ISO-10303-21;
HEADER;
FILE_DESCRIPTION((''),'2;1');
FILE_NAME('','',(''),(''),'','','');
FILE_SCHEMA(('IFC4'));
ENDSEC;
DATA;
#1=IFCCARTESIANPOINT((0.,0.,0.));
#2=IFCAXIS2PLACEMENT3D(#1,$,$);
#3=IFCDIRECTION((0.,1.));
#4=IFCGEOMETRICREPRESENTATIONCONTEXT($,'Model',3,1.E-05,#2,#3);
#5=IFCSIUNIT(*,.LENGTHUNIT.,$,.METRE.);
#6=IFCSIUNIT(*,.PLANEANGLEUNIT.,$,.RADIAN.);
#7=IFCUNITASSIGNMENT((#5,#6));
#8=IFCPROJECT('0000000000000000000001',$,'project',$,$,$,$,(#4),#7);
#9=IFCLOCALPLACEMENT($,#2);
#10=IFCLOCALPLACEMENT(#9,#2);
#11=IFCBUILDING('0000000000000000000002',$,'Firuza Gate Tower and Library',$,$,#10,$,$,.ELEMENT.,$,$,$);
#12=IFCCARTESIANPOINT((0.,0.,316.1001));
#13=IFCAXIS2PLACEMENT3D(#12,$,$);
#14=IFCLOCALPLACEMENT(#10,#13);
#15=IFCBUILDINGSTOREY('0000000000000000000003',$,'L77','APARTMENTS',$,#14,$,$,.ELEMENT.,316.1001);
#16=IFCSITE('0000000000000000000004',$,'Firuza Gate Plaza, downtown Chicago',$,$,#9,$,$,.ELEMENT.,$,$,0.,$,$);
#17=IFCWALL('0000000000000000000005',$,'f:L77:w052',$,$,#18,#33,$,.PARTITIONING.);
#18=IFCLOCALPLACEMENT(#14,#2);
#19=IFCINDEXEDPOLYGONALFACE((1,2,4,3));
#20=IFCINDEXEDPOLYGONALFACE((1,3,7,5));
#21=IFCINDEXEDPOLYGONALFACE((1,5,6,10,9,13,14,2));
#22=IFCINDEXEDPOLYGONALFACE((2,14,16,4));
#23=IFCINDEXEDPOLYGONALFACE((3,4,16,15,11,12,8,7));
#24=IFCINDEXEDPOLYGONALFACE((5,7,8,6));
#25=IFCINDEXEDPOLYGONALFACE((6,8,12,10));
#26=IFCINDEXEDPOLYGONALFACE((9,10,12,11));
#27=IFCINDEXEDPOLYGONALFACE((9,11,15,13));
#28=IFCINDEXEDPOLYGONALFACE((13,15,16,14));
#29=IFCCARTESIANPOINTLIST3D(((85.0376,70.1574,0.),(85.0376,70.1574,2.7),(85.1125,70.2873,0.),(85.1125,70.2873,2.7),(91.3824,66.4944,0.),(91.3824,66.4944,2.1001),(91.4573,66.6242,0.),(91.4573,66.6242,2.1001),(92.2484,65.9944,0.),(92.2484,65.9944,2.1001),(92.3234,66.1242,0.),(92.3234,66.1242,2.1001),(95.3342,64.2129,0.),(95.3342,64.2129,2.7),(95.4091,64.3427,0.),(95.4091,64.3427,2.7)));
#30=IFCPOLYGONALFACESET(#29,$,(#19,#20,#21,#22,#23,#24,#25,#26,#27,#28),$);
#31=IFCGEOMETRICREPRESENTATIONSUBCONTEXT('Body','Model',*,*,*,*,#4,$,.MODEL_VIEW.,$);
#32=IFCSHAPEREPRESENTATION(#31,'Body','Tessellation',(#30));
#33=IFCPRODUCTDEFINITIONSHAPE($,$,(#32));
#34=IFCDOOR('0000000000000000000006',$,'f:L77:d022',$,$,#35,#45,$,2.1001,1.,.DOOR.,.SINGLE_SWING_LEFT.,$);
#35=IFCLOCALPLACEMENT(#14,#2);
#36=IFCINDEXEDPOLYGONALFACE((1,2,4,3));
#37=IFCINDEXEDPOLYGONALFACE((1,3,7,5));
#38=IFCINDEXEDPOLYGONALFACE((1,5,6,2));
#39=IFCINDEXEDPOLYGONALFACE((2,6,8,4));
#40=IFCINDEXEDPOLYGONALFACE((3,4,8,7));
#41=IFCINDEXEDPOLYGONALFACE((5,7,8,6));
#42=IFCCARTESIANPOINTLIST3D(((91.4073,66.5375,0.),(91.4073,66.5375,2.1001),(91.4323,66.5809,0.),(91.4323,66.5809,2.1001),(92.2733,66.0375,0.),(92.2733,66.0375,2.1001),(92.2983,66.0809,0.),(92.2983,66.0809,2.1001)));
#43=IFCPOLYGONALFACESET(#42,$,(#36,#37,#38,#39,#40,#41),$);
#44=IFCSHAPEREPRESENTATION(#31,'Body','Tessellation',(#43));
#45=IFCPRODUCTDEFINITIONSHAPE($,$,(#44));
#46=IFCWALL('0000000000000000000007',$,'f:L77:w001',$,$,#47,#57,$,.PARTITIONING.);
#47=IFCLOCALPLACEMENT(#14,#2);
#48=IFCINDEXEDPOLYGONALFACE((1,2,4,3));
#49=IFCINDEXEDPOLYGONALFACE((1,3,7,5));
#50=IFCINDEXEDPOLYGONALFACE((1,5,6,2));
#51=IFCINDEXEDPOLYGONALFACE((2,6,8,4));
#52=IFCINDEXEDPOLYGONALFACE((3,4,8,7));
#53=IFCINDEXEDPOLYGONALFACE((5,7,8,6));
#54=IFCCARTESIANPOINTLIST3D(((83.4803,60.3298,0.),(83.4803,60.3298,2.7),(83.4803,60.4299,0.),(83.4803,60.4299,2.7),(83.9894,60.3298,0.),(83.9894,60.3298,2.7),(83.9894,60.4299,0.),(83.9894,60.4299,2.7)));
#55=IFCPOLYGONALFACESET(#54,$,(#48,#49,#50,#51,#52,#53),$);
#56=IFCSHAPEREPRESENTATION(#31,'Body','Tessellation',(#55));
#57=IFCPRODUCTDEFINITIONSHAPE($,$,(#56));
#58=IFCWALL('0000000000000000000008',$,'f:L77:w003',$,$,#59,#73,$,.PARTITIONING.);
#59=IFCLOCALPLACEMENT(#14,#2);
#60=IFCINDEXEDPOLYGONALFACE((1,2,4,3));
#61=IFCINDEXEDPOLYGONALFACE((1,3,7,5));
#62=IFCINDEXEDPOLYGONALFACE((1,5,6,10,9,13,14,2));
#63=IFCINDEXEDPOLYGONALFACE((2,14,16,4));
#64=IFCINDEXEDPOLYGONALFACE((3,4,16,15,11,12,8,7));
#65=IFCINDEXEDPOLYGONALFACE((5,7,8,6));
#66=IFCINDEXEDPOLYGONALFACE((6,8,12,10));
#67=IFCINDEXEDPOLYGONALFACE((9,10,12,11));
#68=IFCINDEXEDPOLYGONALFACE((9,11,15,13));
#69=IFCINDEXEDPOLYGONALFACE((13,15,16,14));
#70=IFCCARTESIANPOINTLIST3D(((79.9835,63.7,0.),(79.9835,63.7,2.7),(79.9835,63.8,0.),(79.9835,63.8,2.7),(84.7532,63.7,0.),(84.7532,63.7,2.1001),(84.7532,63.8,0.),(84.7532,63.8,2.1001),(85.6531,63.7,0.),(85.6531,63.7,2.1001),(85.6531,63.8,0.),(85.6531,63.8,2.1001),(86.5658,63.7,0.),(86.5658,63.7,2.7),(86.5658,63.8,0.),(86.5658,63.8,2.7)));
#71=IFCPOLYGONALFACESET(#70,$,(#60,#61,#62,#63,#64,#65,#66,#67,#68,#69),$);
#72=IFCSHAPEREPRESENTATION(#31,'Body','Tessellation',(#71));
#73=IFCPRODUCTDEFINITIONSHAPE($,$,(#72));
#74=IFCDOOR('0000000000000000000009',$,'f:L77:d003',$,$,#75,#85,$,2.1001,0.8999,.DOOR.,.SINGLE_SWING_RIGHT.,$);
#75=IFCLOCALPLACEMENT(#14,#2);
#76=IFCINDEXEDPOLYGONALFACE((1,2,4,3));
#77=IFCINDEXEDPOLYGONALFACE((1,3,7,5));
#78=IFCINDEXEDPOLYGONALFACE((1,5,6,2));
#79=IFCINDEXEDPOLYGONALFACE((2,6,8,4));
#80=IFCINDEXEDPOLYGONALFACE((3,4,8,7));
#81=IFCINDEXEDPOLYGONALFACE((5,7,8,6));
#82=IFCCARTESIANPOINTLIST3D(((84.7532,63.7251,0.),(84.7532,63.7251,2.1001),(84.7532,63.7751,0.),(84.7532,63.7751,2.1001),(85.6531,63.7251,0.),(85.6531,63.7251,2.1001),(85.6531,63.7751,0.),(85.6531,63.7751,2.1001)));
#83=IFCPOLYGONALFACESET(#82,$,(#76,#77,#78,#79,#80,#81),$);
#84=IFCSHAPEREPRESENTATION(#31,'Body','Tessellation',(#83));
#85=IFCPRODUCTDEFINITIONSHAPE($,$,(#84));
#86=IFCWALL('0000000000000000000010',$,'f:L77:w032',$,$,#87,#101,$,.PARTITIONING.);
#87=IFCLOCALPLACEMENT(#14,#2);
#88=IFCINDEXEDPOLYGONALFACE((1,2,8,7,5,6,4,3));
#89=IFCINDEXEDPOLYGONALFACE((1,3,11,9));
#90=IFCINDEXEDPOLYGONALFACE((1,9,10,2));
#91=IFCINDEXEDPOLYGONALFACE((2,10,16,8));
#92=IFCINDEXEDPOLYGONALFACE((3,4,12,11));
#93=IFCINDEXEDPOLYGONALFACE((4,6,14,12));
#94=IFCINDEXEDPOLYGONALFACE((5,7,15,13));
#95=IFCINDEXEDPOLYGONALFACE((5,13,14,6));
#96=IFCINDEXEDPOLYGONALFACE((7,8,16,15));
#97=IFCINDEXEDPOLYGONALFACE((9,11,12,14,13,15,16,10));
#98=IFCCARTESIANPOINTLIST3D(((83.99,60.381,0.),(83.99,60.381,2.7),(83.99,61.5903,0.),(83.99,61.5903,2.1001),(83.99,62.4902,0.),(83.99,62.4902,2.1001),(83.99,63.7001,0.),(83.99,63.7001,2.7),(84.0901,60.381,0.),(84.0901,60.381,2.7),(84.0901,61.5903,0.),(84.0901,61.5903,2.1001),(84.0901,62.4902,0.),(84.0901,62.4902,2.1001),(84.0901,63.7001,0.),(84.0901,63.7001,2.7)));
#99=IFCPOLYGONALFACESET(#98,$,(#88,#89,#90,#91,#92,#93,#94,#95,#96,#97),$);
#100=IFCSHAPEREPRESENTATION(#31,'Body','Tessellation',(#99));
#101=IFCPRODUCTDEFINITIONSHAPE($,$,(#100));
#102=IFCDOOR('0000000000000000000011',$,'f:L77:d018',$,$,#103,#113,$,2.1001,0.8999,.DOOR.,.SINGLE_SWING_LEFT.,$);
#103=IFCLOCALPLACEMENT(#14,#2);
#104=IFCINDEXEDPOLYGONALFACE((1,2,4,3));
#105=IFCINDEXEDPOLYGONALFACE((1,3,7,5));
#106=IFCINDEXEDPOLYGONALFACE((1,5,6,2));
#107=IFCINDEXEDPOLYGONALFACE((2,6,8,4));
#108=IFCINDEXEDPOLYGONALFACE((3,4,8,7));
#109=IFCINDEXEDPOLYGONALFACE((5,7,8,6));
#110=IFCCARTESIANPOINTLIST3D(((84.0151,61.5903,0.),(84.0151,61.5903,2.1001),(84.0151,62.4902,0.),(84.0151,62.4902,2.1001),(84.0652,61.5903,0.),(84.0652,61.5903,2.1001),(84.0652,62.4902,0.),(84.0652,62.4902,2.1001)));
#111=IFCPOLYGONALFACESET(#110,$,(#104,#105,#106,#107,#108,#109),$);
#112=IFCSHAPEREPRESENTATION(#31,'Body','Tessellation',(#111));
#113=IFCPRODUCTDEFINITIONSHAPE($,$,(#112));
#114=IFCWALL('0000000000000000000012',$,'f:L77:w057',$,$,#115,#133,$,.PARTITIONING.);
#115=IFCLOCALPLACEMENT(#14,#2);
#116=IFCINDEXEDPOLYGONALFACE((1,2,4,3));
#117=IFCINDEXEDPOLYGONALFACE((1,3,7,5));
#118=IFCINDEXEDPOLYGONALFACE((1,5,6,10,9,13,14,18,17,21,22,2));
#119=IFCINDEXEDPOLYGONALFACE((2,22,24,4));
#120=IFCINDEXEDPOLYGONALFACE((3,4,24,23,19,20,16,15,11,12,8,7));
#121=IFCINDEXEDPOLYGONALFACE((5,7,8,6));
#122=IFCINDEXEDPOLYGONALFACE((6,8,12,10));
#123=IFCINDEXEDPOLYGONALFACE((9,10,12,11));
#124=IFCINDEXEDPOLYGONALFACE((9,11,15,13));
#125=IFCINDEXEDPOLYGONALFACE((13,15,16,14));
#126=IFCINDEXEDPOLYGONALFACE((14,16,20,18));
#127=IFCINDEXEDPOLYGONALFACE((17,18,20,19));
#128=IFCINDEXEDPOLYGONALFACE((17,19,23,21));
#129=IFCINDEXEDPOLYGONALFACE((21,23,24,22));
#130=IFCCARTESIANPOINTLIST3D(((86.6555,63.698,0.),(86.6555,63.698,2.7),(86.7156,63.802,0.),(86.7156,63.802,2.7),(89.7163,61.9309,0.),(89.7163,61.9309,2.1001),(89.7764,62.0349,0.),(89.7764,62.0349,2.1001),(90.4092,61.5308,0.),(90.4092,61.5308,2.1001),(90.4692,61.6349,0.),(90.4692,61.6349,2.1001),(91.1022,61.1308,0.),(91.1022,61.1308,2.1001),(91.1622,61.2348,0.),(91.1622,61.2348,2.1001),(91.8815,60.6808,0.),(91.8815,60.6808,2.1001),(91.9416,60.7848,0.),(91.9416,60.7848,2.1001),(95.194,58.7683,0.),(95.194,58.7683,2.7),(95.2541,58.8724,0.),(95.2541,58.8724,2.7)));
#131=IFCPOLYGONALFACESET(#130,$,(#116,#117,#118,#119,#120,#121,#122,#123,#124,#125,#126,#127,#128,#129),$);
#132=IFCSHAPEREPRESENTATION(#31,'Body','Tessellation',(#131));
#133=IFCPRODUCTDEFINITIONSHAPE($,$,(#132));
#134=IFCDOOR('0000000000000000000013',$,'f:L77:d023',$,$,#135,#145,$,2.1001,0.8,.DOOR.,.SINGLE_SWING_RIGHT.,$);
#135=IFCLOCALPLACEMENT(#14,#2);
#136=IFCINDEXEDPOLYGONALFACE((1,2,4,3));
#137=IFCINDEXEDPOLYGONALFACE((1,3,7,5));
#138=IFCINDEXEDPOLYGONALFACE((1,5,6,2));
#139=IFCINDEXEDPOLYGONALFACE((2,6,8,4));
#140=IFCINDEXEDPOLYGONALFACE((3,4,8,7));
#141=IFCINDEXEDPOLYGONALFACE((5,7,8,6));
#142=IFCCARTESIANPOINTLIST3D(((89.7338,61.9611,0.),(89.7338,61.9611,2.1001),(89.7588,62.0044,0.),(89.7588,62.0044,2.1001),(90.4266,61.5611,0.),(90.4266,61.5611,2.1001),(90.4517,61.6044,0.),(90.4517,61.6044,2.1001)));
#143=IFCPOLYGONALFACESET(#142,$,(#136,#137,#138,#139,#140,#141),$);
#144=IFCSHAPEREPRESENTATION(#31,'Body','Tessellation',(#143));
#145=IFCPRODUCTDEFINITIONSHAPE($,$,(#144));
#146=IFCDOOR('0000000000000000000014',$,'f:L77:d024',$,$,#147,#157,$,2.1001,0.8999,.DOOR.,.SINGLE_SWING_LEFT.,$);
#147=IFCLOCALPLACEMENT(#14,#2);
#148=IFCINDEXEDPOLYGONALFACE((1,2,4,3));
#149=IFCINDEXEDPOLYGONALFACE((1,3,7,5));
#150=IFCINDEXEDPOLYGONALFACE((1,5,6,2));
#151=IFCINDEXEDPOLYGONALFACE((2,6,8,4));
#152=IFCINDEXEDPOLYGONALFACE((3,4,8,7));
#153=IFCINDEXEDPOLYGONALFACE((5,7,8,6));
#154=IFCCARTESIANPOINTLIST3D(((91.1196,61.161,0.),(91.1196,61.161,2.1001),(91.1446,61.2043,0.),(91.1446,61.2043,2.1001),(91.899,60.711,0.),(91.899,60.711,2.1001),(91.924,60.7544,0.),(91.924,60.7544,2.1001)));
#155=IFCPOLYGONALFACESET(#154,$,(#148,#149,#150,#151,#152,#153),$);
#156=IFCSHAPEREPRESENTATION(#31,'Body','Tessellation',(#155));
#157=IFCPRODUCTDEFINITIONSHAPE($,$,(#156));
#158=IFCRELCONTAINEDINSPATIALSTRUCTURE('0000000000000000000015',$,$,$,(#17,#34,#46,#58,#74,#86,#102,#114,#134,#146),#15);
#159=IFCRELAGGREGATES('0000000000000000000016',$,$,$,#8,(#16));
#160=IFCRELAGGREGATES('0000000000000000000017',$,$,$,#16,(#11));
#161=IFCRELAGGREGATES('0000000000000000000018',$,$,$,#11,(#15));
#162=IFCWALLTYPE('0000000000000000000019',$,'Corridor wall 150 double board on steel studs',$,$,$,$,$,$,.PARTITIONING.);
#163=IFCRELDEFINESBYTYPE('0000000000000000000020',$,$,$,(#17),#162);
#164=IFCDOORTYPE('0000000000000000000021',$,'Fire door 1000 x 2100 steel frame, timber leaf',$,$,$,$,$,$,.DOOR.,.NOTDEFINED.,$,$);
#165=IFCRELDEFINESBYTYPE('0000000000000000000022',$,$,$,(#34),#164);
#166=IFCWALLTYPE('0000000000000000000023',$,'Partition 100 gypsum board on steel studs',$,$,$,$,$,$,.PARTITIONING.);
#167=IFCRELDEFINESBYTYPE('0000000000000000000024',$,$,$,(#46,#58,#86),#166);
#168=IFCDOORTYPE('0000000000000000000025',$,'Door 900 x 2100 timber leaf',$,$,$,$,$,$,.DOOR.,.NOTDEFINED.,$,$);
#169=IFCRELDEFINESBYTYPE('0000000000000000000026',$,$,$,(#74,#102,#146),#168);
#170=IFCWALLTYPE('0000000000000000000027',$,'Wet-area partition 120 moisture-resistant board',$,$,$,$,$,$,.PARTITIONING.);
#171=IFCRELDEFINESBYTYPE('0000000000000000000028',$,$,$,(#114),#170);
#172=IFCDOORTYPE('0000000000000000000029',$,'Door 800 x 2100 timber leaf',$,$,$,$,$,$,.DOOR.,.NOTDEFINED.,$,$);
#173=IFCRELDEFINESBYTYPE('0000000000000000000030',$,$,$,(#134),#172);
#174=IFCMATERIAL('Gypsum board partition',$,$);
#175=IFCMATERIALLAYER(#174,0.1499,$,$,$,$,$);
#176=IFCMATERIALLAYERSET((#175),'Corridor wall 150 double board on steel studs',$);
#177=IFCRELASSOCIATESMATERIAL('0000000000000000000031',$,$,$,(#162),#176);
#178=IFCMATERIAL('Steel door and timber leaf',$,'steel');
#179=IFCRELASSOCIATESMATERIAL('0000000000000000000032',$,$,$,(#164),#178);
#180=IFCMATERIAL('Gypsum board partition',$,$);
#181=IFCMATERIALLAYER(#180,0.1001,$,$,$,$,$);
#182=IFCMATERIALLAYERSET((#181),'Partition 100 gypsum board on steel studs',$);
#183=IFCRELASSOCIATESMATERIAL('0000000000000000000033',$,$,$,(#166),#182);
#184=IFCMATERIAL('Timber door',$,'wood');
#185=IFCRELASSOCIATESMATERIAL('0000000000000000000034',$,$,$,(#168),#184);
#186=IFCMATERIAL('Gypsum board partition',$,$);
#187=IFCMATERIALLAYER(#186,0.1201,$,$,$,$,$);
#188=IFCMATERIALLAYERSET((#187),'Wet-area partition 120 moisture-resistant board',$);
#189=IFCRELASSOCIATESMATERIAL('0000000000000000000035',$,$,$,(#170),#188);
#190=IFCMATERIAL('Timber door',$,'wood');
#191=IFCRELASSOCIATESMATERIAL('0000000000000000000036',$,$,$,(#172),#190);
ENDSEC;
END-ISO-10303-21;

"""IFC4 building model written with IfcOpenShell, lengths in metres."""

from ifc_helpers import new_model, si_unit, direction, frame, frame_2d, origin, place, context, subcontext, project, spatial, rectangle, extrude, material, layer, layer_set, type_object, element, fill, save


model = new_model("IFC4")

# Units and contexts
model_context = context("Model", 3, precision=1e-05, world=origin(), true_north=direction((0.0, 1.0)))
body_context = subcontext(model_context, "Body", "Model", "MODEL_VIEW")
ifc_project = project(units=[si_unit("LENGTHUNIT", "METRE"), si_unit("PLANEANGLEUNIT", "RADIAN")], contexts=[model_context])

# Site, building, storey
site_placement = place(None, origin())
site = spatial("IfcSite", under=ifc_project, at=site_placement, Name="Firuza Gate Plaza, downtown Chicago", CompositionType="ELEMENT", RefElevation=0.0)
building_placement = place(site_placement, origin())
building = spatial("IfcBuilding", under=site, at=building_placement, Name="Firuza Gate Tower and Library", CompositionType="ELEMENT")
storey_placement = place(building_placement, frame((0.0, 0.0, 316.1001)))
storey = spatial("IfcBuildingStorey", under=building, at=storey_placement, Name="L77", Description="APARTMENTS", CompositionType="ELEMENT", Elevation=316.1001)

# Shared definitions
ifc_material_1 = material(Name="Gypsum board partition")
ifc_layer_1 = layer(ifc_material_1, 0.1499)
ifc_layer_set_1 = layer_set([ifc_layer_1], Name="Corridor wall 150 double board on steel studs")
wall_type_1 = type_object("IfcWallType", Name="Corridor wall 150 double board on steel studs", PredefinedType="PARTITIONING", material=ifc_layer_set_1)
ifc_material_2 = material(Name="Steel door and timber leaf", Category="steel")
door_type_1 = type_object("IfcDoorType", Name="Fire door 1000 x 2100 steel frame, timber leaf", OperationType="NOTDEFINED", PredefinedType="DOOR", material=ifc_material_2)

# Wall, opening, door
wall_1_placement = place(storey_placement, frame((85.075, 70.2224, 0.0), z_axis=(0.0, 0.0, 1.0), x_axis=(0.866032, -0.499988, 0.0)))
wall_1 = element("IfcWall", 1, at=wall_1_placement, inside=storey, type_object=wall_type_1, Name="f:L77:w052", PredefinedType="PARTITIONING", context=body_context, shape_type="SweptSolid", body=[
    extrude(rectangle(XDim=11.8894, YDim=0.1499, at=frame_2d((5.9448, 0.0))), origin(), (0.0, 0.0, 1.0), 2.7),
])
opening_1_placement = place(wall_1_placement, frame((7.3264, 0.0, 0.0)))
opening_1 = element("IfcOpeningElement", 2, at=opening_1_placement, cuts=wall_1, PredefinedType="OPENING", context=body_context, shape_type="SweptSolid", body=[
    extrude(rectangle(XDim=1.0, YDim=2.1001, at=frame_2d((0.5, 1.05))), frame((0.0, 0.085, 0.0), z_axis=(0.0, -1.0, 0.0), x_axis=(1.0, 0.0, 0.0)), (0.0, 0.0, 1.0), 0.1699),
])
door_1_placement = place(opening_1_placement, origin())
door_1 = element("IfcDoor", 3, at=door_1_placement, inside=storey, type_object=door_type_1, Name="f:L77:d022", OperationType="SINGLE_SWING_LEFT", OverallHeight=2.1001, OverallWidth=1.0, PredefinedType="DOOR", context=body_context, shape_type="SweptSolid", body=[
    extrude(rectangle(XDim=1.0, YDim=2.1001, at=frame_2d((0.5, 1.05))), frame((0.0, 0.0249, 0.0), z_axis=(0.0, -1.0, 0.0), x_axis=(1.0, 0.0, 0.0)), (0.0, 0.0, 1.0), 0.05),
])
fill(opening_1, door_1)

# Wall
ifc_material_3 = material(Name="Gypsum board partition")
ifc_layer_2 = layer(ifc_material_3, 0.1001)
ifc_layer_set_2 = layer_set([ifc_layer_2], Name="Partition 100 gypsum board on steel studs")
wall_type_2 = type_object("IfcWallType", Name="Partition 100 gypsum board on steel studs", PredefinedType="PARTITIONING", material=ifc_layer_set_2)
wall_2_placement = place(storey_placement, frame((83.4805, 60.3799, 0.0), z_axis=(0.0, 0.0, 1.0), x_axis=(1.0, 0.0, 0.0)))
element("IfcWall", 4, at=wall_2_placement, inside=storey, type_object=wall_type_2, Name="f:L77:w001", PredefinedType="PARTITIONING", context=body_context, shape_type="SweptSolid", body=[
    extrude(rectangle(XDim=0.509, YDim=0.1001, at=frame_2d((0.2544, 0.0))), origin(), (0.0, 0.0, 1.0), 2.7),
])

# Walls, openings, doors
wall_3_placement = place(storey_placement, frame((86.5657, 63.75, 0.0), z_axis=(0.0, 0.0, 1.0), x_axis=(-1.0, 0.0, 0.0)))
wall_3 = element("IfcWall", 5, at=wall_3_placement, inside=storey, type_object=wall_type_2, Name="f:L77:w003", PredefinedType="PARTITIONING", context=body_context, shape_type="SweptSolid", body=[
    extrude(rectangle(XDim=6.5823, YDim=0.1001, at=frame_2d((3.291, 0.0))), origin(), (0.0, 0.0, 1.0), 2.7),
])
opening_2_placement = place(wall_3_placement, frame((0.9126, 0.0, 0.0)))
opening_2 = element("IfcOpeningElement", 6, at=opening_2_placement, cuts=wall_3, PredefinedType="OPENING", context=body_context, shape_type="SweptSolid", body=[
    extrude(rectangle(XDim=0.8999, YDim=2.1001, at=frame_2d((0.45, 1.05))), frame((0.0, 0.0601, 0.0), z_axis=(0.0, -1.0, 0.0), x_axis=(1.0, 0.0, 0.0)), (0.0, 0.0, 1.0), 0.1201),
])
ifc_material_4 = material(Name="Timber door", Category="wood")
door_type_2 = type_object("IfcDoorType", Name="Door 900 x 2100 timber leaf", OperationType="NOTDEFINED", PredefinedType="DOOR", material=ifc_material_4)
door_2_placement = place(opening_2_placement, origin())
door_2 = element("IfcDoor", 7, at=door_2_placement, inside=storey, type_object=door_type_2, Name="f:L77:d003", OperationType="SINGLE_SWING_RIGHT", OverallHeight=2.1001, OverallWidth=0.8999, PredefinedType="DOOR", context=body_context, shape_type="SweptSolid", body=[
    extrude(rectangle(XDim=0.8999, YDim=2.1001, at=frame_2d((0.45, 1.05))), frame((0.0, 0.0249, 0.0), z_axis=(0.0, -1.0, 0.0), x_axis=(1.0, 0.0, 0.0)), (0.0, 0.0, 1.0), 0.05),
])
fill(opening_2, door_2)
wall_4_placement = place(storey_placement, frame((84.04, 60.3809, 0.0), z_axis=(0.0, 0.0, 1.0), x_axis=(0.0, 1.0, 0.0)))
wall_4 = element("IfcWall", 8, at=wall_4_placement, inside=storey, type_object=wall_type_2, Name="f:L77:w032", PredefinedType="PARTITIONING", context=body_context, shape_type="SweptSolid", body=[
    extrude(rectangle(XDim=3.3191, YDim=0.1001, at=frame_2d((1.6597, 0.0))), origin(), (0.0, 0.0, 1.0), 2.7),
])
opening_3_placement = place(wall_4_placement, frame((1.2095, 0.0, 0.0)))
opening_3 = element("IfcOpeningElement", 9, at=opening_3_placement, cuts=wall_4, PredefinedType="OPENING", context=body_context, shape_type="SweptSolid", body=[
    extrude(rectangle(XDim=0.8999, YDim=2.1001, at=frame_2d((0.45, 1.05))), frame((0.0, 0.0601, 0.0), z_axis=(0.0, -1.0, 0.0), x_axis=(1.0, 0.0, 0.0)), (0.0, 0.0, 1.0), 0.1201),
])
door_3_placement = place(opening_3_placement, origin())
door_3 = element("IfcDoor", 10, at=door_3_placement, inside=storey, type_object=door_type_2, Name="f:L77:d018", OperationType="SINGLE_SWING_LEFT", OverallHeight=2.1001, OverallWidth=0.8999, PredefinedType="DOOR", context=body_context, shape_type="SweptSolid", body=[
    extrude(rectangle(XDim=0.8999, YDim=2.1001, at=frame_2d((0.45, 1.05))), frame((0.0, 0.0249, 0.0), z_axis=(0.0, -1.0, 0.0), x_axis=(1.0, 0.0, 0.0)), (0.0, 0.0, 1.0), 0.05),
])
fill(opening_3, door_3)

# Wall, openings, doors
ifc_material_5 = material(Name="Gypsum board partition")
ifc_layer_3 = layer(ifc_material_5, 0.1201)
ifc_layer_set_3 = layer_set([ifc_layer_3], Name="Wet-area partition 120 moisture-resistant board")
wall_type_3 = type_object("IfcWallType", Name="Wet-area partition 120 moisture-resistant board", PredefinedType="PARTITIONING", material=ifc_layer_set_3)
wall_5_placement = place(storey_placement, frame((86.6855, 63.75, 0.0), z_axis=(0.0, 0.0, 1.0), x_axis=(0.866028, -0.499995, 0.0)))
wall_5 = element("IfcWall", 11, at=wall_5_placement, inside=storey, type_object=wall_type_3, Name="f:L77:w057", PredefinedType="PARTITIONING", context=body_context, shape_type="SweptSolid", body=[
    extrude(rectangle(XDim=9.8594, YDim=0.1201, at=frame_2d((4.9297, 0.0))), origin(), (0.0, 0.0, 1.0), 2.7),
])
opening_4_placement = place(wall_5_placement, frame((3.5344, 0.0, 0.0)))
opening_4 = element("IfcOpeningElement", 12, at=opening_4_placement, cuts=wall_5, PredefinedType="OPENING", context=body_context, shape_type="SweptSolid", body=[
    extrude(rectangle(XDim=0.8, YDim=2.1001, at=frame_2d((0.3999, 1.05))), frame((0.0, 0.0701, 0.0), z_axis=(0.0, -1.0, 0.0), x_axis=(1.0, 0.0, 0.0)), (0.0, 0.0, 1.0), 0.1401),
])
opening_5_placement = place(wall_5_placement, frame((5.1345, 0.0, 0.0)))
opening_5 = element("IfcOpeningElement", 13, at=opening_5_placement, cuts=wall_5, PredefinedType="OPENING", context=body_context, shape_type="SweptSolid", body=[
    extrude(rectangle(XDim=0.8999, YDim=2.1001, at=frame_2d((0.45, 1.05))), frame((0.0, 0.0701, 0.0), z_axis=(0.0, -1.0, 0.0), x_axis=(1.0, 0.0, 0.0)), (0.0, 0.0, 1.0), 0.1401),
])
ifc_material_6 = material(Name="Timber door", Category="wood")
door_type_3 = type_object("IfcDoorType", Name="Door 800 x 2100 timber leaf", OperationType="NOTDEFINED", PredefinedType="DOOR", material=ifc_material_6)
door_4_placement = place(opening_4_placement, origin())
door_4 = element("IfcDoor", 14, at=door_4_placement, inside=storey, type_object=door_type_3, Name="f:L77:d023", OperationType="SINGLE_SWING_RIGHT", OverallHeight=2.1001, OverallWidth=0.8, PredefinedType="DOOR", context=body_context, shape_type="SweptSolid", body=[
    extrude(rectangle(XDim=0.8, YDim=2.1001, at=frame_2d((0.3999, 1.05))), frame((0.0, 0.0249, 0.0), z_axis=(0.0, -1.0, 0.0), x_axis=(1.0, 0.0, 0.0)), (0.0, 0.0, 1.0), 0.05),
])
fill(opening_4, door_4)
door_5_placement = place(opening_5_placement, origin())
door_5 = element("IfcDoor", 15, at=door_5_placement, inside=storey, type_object=door_type_2, Name="f:L77:d024", OperationType="SINGLE_SWING_LEFT", OverallHeight=2.1001, OverallWidth=0.8999, PredefinedType="DOOR", context=body_context, shape_type="SweptSolid", body=[
    extrude(rectangle(XDim=0.8999, YDim=2.1001, at=frame_2d((0.45, 1.05))), frame((0.0, 0.0249, 0.0), z_axis=(0.0, -1.0, 0.0), x_axis=(1.0, 0.0, 0.0)), (0.0, 0.0, 1.0), 0.05),
])
fill(opening_5, door_5)

save(model, "model.ifc")
